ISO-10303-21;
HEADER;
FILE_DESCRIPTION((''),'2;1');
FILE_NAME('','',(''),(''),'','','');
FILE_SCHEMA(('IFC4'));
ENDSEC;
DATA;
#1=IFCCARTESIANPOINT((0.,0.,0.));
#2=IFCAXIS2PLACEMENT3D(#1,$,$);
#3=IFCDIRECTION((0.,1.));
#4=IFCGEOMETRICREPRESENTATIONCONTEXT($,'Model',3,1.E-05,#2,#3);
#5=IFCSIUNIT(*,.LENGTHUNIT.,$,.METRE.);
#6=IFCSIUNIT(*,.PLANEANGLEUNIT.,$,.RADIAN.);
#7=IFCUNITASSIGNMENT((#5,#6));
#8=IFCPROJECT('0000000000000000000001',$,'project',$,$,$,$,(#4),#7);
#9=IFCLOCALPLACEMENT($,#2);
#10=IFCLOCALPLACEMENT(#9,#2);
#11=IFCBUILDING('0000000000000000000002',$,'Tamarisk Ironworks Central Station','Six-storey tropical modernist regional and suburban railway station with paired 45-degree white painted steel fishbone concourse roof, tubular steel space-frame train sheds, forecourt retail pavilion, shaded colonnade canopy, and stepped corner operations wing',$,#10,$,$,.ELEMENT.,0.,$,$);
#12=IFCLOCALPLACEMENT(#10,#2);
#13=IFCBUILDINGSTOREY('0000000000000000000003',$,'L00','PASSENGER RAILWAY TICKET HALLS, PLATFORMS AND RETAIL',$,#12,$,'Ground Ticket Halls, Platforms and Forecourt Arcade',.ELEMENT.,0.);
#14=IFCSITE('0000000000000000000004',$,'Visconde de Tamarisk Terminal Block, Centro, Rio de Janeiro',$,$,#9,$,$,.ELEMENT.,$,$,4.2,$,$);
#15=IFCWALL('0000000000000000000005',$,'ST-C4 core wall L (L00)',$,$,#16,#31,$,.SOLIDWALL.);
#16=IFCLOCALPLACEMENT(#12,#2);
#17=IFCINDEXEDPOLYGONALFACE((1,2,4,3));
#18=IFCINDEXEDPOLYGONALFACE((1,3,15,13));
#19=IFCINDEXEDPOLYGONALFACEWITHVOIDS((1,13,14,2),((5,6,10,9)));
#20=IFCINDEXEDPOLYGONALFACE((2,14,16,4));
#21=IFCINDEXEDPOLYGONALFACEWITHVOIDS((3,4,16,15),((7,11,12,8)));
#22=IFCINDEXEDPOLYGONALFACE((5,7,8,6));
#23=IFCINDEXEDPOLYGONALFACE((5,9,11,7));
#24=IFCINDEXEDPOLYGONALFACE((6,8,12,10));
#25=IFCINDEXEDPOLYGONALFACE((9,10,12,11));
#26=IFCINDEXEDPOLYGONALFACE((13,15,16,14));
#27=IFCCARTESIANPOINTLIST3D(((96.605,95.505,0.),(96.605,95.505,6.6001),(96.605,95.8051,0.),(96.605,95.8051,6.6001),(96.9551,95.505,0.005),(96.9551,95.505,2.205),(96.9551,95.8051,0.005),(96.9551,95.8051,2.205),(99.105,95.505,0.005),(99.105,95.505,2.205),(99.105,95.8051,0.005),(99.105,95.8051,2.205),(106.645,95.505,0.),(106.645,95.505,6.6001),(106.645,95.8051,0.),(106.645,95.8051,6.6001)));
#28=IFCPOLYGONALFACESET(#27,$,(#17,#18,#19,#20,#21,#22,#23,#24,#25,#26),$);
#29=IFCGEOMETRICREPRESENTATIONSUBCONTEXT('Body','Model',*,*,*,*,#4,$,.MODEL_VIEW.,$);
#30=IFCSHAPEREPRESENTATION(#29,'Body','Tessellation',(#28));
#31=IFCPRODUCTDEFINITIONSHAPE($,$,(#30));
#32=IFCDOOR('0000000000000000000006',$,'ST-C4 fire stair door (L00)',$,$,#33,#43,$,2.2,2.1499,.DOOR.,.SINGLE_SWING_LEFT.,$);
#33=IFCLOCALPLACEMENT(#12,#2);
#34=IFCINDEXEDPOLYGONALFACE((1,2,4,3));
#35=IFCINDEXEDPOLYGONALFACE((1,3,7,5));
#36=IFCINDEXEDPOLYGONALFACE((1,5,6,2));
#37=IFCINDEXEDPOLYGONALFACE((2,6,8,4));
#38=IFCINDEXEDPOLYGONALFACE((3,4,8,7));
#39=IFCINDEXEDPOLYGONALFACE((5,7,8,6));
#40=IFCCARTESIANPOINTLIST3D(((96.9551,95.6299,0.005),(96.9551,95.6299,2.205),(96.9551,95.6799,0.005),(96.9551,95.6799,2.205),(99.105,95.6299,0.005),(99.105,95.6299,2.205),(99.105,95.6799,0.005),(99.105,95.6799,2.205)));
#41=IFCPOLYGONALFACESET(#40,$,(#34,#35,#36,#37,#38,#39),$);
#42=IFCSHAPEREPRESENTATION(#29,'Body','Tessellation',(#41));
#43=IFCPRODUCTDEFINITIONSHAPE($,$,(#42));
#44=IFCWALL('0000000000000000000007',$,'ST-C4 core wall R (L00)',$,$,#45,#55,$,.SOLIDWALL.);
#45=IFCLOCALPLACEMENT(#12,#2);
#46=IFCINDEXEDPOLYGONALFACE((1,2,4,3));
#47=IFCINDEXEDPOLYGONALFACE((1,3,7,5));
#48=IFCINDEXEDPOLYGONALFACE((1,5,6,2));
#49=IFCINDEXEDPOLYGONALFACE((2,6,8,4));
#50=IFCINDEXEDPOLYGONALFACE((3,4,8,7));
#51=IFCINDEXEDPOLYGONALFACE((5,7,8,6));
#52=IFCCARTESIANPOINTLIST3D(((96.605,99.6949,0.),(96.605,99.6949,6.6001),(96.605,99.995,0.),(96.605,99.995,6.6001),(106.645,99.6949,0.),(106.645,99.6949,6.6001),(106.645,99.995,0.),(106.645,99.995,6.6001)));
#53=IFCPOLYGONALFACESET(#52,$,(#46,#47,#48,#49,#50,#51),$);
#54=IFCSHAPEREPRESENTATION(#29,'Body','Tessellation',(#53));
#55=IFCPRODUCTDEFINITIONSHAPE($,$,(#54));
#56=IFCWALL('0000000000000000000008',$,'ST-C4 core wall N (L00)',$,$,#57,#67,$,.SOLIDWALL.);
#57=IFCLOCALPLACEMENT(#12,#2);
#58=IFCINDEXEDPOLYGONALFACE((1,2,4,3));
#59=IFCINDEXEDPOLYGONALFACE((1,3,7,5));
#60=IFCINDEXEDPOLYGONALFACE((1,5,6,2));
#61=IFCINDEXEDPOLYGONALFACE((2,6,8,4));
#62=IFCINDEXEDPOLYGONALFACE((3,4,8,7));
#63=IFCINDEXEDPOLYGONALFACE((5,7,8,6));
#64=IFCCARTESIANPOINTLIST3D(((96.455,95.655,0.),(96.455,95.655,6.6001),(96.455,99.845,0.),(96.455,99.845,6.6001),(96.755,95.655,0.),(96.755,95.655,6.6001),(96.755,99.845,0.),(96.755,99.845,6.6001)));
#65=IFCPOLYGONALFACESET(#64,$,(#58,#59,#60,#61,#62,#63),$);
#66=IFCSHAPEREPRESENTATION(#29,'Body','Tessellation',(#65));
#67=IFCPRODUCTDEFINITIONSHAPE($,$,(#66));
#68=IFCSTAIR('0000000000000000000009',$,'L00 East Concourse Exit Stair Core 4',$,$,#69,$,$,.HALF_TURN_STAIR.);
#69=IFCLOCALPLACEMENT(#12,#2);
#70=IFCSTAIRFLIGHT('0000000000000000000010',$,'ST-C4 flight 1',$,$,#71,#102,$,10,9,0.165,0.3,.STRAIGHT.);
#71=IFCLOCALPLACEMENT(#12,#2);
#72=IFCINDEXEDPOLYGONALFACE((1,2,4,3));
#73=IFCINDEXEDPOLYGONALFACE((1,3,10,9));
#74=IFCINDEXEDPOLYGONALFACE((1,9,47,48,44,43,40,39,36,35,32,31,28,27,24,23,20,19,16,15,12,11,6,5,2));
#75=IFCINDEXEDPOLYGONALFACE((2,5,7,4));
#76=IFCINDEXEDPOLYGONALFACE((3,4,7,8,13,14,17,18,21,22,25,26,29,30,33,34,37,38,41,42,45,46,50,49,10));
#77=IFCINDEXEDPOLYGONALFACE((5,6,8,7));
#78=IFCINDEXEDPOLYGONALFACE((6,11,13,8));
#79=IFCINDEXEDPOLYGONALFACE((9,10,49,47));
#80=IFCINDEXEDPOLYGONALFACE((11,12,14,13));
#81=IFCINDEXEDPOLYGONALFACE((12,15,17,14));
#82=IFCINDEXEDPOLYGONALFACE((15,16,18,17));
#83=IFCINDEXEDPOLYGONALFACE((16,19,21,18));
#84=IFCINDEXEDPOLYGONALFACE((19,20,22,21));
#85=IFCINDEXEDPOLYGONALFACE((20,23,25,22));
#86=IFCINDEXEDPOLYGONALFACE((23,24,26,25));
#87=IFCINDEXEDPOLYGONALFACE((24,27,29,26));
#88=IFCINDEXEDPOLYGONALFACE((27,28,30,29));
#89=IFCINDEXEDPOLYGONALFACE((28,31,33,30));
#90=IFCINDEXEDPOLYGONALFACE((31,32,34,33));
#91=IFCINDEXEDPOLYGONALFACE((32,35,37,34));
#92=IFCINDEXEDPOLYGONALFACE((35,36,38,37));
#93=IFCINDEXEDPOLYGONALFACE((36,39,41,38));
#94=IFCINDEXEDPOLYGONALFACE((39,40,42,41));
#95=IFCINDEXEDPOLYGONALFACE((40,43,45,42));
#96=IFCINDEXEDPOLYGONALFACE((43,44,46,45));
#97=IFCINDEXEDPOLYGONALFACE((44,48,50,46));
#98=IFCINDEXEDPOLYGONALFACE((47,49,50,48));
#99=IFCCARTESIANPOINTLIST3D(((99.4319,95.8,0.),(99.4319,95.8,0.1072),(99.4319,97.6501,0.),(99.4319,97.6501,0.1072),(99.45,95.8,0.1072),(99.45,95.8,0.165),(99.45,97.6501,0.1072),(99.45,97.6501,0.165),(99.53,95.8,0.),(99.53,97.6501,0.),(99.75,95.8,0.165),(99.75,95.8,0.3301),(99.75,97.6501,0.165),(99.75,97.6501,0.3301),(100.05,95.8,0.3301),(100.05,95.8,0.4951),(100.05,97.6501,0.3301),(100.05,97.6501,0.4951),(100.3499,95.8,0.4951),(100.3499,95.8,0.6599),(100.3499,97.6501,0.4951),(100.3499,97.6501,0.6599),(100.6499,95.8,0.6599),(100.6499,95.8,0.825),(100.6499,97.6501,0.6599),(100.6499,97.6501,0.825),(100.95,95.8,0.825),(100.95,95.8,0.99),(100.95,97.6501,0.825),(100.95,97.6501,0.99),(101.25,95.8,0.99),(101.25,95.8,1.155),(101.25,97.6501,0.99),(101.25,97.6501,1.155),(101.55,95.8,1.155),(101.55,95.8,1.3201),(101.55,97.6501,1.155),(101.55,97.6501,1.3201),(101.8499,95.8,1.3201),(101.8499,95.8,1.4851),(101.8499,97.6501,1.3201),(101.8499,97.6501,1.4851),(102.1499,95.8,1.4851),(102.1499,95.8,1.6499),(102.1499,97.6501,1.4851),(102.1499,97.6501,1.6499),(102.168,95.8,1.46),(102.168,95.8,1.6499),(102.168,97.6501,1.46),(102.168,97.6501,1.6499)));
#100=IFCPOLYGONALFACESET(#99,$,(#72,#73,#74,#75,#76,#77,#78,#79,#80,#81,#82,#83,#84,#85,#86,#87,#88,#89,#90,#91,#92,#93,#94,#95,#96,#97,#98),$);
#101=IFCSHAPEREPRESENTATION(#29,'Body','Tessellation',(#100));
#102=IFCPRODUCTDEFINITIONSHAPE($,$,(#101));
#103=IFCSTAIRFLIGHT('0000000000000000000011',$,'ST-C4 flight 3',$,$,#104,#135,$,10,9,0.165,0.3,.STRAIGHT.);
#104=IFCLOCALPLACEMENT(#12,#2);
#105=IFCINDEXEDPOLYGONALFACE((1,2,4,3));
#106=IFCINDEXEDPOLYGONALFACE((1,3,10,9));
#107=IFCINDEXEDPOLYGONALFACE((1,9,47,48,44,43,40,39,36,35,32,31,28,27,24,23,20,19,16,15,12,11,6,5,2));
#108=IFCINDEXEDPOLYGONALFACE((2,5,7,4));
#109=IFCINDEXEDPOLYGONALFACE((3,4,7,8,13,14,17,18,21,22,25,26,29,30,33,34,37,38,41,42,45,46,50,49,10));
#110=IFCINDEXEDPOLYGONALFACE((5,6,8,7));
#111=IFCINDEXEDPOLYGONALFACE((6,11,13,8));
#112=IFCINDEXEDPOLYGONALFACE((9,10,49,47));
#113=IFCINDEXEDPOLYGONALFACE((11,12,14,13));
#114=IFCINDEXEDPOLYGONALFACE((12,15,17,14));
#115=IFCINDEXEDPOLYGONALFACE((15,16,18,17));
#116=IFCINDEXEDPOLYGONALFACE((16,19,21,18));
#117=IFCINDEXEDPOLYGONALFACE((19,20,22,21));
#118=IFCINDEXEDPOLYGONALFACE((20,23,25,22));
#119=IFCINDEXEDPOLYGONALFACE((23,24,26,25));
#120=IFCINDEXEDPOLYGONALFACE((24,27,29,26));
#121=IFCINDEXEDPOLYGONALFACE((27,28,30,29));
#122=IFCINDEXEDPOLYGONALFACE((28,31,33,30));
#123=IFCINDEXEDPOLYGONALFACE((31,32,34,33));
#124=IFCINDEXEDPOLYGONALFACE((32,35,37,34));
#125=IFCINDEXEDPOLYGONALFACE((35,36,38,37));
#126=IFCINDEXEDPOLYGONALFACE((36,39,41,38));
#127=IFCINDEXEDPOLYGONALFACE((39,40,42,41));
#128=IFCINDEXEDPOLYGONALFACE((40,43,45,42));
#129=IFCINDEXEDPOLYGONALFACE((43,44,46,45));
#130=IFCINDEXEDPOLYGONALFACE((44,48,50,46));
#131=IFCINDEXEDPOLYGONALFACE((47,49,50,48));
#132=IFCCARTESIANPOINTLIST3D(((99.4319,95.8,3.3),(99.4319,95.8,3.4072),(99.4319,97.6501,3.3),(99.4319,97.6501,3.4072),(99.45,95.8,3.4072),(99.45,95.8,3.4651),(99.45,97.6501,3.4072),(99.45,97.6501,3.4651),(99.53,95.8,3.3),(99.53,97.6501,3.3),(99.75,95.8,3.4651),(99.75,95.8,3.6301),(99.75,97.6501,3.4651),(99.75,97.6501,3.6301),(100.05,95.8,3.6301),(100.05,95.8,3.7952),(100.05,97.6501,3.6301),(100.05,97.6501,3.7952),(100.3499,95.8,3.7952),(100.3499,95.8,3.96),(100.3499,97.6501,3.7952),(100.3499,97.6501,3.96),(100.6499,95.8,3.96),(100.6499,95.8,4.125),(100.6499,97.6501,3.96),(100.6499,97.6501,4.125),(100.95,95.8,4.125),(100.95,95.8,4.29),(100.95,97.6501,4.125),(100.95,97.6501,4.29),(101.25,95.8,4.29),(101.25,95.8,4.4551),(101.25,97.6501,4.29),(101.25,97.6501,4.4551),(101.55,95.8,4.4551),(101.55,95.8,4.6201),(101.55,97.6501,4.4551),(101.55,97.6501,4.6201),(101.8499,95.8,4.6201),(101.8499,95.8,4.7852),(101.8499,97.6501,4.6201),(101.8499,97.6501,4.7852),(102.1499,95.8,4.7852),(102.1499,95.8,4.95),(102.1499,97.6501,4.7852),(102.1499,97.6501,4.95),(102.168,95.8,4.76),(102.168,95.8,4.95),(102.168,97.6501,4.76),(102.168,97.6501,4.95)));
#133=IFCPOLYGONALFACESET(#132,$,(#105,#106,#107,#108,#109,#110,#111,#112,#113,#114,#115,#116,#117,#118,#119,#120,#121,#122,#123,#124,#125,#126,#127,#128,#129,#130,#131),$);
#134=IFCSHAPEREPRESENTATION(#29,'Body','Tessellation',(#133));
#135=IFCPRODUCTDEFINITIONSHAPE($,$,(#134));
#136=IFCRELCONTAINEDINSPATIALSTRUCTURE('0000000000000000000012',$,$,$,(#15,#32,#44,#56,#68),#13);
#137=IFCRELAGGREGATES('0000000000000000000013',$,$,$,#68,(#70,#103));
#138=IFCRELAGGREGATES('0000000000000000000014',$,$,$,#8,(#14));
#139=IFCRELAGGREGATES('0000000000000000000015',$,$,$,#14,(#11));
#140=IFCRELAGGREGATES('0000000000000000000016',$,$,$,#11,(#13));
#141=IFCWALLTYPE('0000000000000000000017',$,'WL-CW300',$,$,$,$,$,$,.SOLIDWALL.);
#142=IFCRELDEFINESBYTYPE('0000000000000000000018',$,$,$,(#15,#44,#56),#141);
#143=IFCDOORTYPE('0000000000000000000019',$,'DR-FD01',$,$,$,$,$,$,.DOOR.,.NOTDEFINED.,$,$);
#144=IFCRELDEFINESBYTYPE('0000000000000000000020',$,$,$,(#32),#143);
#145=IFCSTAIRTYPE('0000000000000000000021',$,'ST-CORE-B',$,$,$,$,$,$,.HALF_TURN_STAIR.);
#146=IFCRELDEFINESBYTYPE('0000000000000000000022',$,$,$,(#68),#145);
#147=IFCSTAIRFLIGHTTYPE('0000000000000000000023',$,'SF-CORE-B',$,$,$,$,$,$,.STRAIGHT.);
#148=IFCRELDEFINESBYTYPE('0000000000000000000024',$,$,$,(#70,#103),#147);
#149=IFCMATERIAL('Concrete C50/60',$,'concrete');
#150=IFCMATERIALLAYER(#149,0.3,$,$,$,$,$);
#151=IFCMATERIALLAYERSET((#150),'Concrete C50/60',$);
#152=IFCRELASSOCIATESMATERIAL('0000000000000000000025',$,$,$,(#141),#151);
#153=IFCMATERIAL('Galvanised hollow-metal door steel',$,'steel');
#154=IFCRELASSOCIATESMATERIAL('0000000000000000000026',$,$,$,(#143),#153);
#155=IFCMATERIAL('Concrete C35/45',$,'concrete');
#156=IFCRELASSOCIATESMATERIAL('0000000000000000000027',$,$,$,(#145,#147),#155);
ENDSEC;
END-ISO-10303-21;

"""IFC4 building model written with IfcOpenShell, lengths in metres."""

from ifc_helpers import new_model, si_unit, direction, frame, frame_2d, origin, place, context, subcontext, project, spatial, polyline, rectangle, outline, extrude, material, layer, layer_set, type_object, element, fill, aggregate, save


model = new_model("IFC4")

# Units and contexts
model_context = context("Model", 3, precision=1e-05, world=origin(), true_north=direction((0.0, 1.0)))
body_context = subcontext(model_context, "Body", "Model", "MODEL_VIEW")
ifc_project = project(units=[si_unit("LENGTHUNIT", "METRE"), si_unit("PLANEANGLEUNIT", "RADIAN")], contexts=[model_context])

# Site, building, storey
site_placement = place(None, origin())
site = spatial("IfcSite", under=ifc_project, at=site_placement, Name="Visconde de Tamarisk Terminal Block, Centro, Rio de Janeiro", CompositionType="ELEMENT", RefElevation=4.2)
building_placement = place(site_placement, origin())
building = spatial("IfcBuilding", under=site, at=building_placement, Name="Tamarisk Ironworks Central Station", Description="Six-storey tropical modernist regional and suburban railway station with paired 45-degree white painted steel fishbone concourse roof, tubular steel space-frame train sheds, forecourt retail pavilion, shaded colonnade canopy, and stepped corner operations wing", CompositionType="ELEMENT", ElevationOfRefHeight=0.0)
storey_placement = place(building_placement, origin())
storey = spatial("IfcBuildingStorey", under=building, at=storey_placement, Name="L00", Description="PASSENGER RAILWAY TICKET HALLS, PLATFORMS AND RETAIL", LongName="Ground Ticket Halls, Platforms and Forecourt Arcade", CompositionType="ELEMENT", Elevation=0.0)

# Wall, opening, door
ifc_material_1 = material(Name="Concrete C50/60", Category="concrete")
ifc_layer = layer(ifc_material_1, 0.3)
ifc_layer_set = layer_set([ifc_layer], Name="Concrete C50/60")
wall_type = type_object("IfcWallType", Name="WL-CW300", PredefinedType="SOLIDWALL", material=ifc_layer_set)
wall_1_placement = place(storey_placement, frame((96.605, 95.655, 0.0), z_axis=(0.0, 0.0, 1.0), x_axis=(1.0, 0.0, 0.0)))
wall_1 = element("IfcWall", 1, at=wall_1_placement, inside=storey, type_object=wall_type, Name="ST-C4 core wall L (L00)", PredefinedType="SOLIDWALL", context=body_context, shape_type="SweptSolid", body=[
    extrude(rectangle(XDim=10.04, YDim=0.3, at=frame_2d((5.02, 0.0))), origin(), (0.0, 0.0, 1.0), 6.6001),
])
opening_placement = place(wall_1_placement, frame((0.3501, 0.0, 0.0049)))
opening = element("IfcOpeningElement", 2, at=opening_placement, cuts=wall_1, PredefinedType="OPENING", context=body_context, shape_type="SweptSolid", body=[
    extrude(rectangle(XDim=2.1499, YDim=2.2, at=frame_2d((1.075, 1.1001))), frame((0.0, 0.1621, 0.0), z_axis=(0.0, -1.0, 0.0), x_axis=(1.0, 0.0, 0.0)), (0.0, 0.0, 1.0), 0.324),
])
ifc_material_2 = material(Name="Galvanised hollow-metal door steel", Category="steel")
door_type = type_object("IfcDoorType", Name="DR-FD01", OperationType="NOTDEFINED", PredefinedType="DOOR", material=ifc_material_2)
door_placement = place(opening_placement, origin())
door = element("IfcDoor", 3, at=door_placement, inside=storey, type_object=door_type, Name="ST-C4 fire stair door (L00)", OperationType="SINGLE_SWING_LEFT", OverallHeight=2.2, OverallWidth=2.1499, PredefinedType="DOOR", context=body_context, shape_type="SweptSolid", body=[
    extrude(rectangle(XDim=2.1499, YDim=2.2, at=frame_2d((1.075, 1.1001))), frame((0.0, 0.0249, 0.0), z_axis=(0.0, -1.0, 0.0), x_axis=(1.0, 0.0, 0.0)), (0.0, 0.0, 1.0), 0.05),
])
fill(opening, door)

# Walls
wall_2_placement = place(storey_placement, frame((96.605, 99.845, 0.0), z_axis=(0.0, 0.0, 1.0), x_axis=(1.0, 0.0, 0.0)))
element("IfcWall", 4, at=wall_2_placement, inside=storey, type_object=wall_type, Name="ST-C4 core wall R (L00)", PredefinedType="SOLIDWALL", context=body_context, shape_type="SweptSolid", body=[
    extrude(rectangle(XDim=10.04, YDim=0.3, at=frame_2d((5.02, 0.0))), origin(), (0.0, 0.0, 1.0), 6.6001),
])
wall_3_placement = place(storey_placement, frame((96.605, 95.655, 0.0), z_axis=(0.0, 0.0, 1.0), x_axis=(0.0, 1.0, 0.0)))
element("IfcWall", 5, at=wall_3_placement, inside=storey, type_object=wall_type, Name="ST-C4 core wall N (L00)", PredefinedType="SOLIDWALL", context=body_context, shape_type="SweptSolid", body=[
    extrude(rectangle(XDim=4.1899, YDim=0.3, at=frame_2d((2.095, 0.0))), origin(), (0.0, 0.0, 1.0), 6.6001),
])

# Stair, stair flights
ifc_material_3 = material(Name="Concrete C35/45", Category="concrete")
stair_type = type_object("IfcStairType", Name="ST-CORE-B", PredefinedType="HALF_TURN_STAIR", material=ifc_material_3)
stair_placement = place(storey_placement, origin())
stair = element("IfcStair", 6, at=stair_placement, inside=storey, type_object=stair_type, Name="L00 East Concourse Exit Stair Core 4", PredefinedType="HALF_TURN_STAIR")
stair_flight_type = type_object("IfcStairFlightType", Name="SF-CORE-B", PredefinedType="STRAIGHT", material=ifc_material_3)
stair_flight_1_placement = place(storey_placement, frame((99.45, 96.7251, 0.0), z_axis=(0.0, 0.0, 1.0), x_axis=(1.0, 0.0, 0.0)))
stair_flight_1 = element("IfcStairFlight", 7, at=stair_flight_1_placement, type_object=stair_flight_type, Name="ST-C4 flight 1", NumberOfRisers=10, NumberOfTreads=9, PredefinedType="STRAIGHT", RiserHeight=0.165, TreadLength=0.3, context=body_context, shape_type="SweptSolid", body=[
    extrude(outline(polyline([(-0.0181, 0.0), (-0.0181, 0.1072), (0.0, 0.1072), (0.0, 0.165), (0.3, 0.165), (0.3, 0.3301), (0.6001, 0.3301), (0.6001, 0.4951), (0.8999, 0.4951), (0.8999, 0.6599), (1.2, 0.6599), (1.2, 0.825), (1.5, 0.825), (1.5, 0.99), (1.8, 0.99), (1.8, 1.155), (2.1001, 1.155), (2.1001, 1.3201), (2.3999, 1.3201), (2.3999, 1.4851), (2.7, 1.4851), (2.7, 1.6499), (2.718, 1.6499), (2.718, 1.46), (0.0801, 0.0), (-0.0181, 0.0)])), frame((0.0, 0.925, 0.0), z_axis=(0.0, -1.0, 0.0), x_axis=(1.0, 0.0, 0.0)), (0.0, 0.0, 1.0), 1.8501),
])
stair_flight_2_placement = place(storey_placement, frame((99.45, 96.7251, 3.3), z_axis=(0.0, 0.0, 1.0), x_axis=(1.0, 0.0, 0.0)))
stair_flight_2 = element("IfcStairFlight", 8, at=stair_flight_2_placement, type_object=stair_flight_type, Name="ST-C4 flight 3", NumberOfRisers=10, NumberOfTreads=9, PredefinedType="STRAIGHT", RiserHeight=0.165, TreadLength=0.3, context=body_context, shape_type="SweptSolid", body=[
    extrude(outline(polyline([(-0.0181, 0.0), (-0.0181, 0.1072), (0.0, 0.1072), (0.0, 0.165), (0.3, 0.165), (0.3, 0.3301), (0.6001, 0.3301), (0.6001, 0.4951), (0.8999, 0.4951), (0.8999, 0.6599), (1.2, 0.6599), (1.2, 0.825), (1.5, 0.825), (1.5, 0.99), (1.8, 0.99), (1.8, 1.155), (2.1001, 1.155), (2.1001, 1.3201), (2.3999, 1.3201), (2.3999, 1.4851), (2.7, 1.4851), (2.7, 1.6499), (2.718, 1.6499), (2.718, 1.46), (0.0801, 0.0), (-0.0181, 0.0)])), frame((0.0, 0.925, 0.0), z_axis=(0.0, -1.0, 0.0), x_axis=(1.0, 0.0, 0.0)), (0.0, 0.0, 1.0), 1.8501),
])
aggregate(stair, [stair_flight_1, stair_flight_2])

save(model, "model.ifc")
